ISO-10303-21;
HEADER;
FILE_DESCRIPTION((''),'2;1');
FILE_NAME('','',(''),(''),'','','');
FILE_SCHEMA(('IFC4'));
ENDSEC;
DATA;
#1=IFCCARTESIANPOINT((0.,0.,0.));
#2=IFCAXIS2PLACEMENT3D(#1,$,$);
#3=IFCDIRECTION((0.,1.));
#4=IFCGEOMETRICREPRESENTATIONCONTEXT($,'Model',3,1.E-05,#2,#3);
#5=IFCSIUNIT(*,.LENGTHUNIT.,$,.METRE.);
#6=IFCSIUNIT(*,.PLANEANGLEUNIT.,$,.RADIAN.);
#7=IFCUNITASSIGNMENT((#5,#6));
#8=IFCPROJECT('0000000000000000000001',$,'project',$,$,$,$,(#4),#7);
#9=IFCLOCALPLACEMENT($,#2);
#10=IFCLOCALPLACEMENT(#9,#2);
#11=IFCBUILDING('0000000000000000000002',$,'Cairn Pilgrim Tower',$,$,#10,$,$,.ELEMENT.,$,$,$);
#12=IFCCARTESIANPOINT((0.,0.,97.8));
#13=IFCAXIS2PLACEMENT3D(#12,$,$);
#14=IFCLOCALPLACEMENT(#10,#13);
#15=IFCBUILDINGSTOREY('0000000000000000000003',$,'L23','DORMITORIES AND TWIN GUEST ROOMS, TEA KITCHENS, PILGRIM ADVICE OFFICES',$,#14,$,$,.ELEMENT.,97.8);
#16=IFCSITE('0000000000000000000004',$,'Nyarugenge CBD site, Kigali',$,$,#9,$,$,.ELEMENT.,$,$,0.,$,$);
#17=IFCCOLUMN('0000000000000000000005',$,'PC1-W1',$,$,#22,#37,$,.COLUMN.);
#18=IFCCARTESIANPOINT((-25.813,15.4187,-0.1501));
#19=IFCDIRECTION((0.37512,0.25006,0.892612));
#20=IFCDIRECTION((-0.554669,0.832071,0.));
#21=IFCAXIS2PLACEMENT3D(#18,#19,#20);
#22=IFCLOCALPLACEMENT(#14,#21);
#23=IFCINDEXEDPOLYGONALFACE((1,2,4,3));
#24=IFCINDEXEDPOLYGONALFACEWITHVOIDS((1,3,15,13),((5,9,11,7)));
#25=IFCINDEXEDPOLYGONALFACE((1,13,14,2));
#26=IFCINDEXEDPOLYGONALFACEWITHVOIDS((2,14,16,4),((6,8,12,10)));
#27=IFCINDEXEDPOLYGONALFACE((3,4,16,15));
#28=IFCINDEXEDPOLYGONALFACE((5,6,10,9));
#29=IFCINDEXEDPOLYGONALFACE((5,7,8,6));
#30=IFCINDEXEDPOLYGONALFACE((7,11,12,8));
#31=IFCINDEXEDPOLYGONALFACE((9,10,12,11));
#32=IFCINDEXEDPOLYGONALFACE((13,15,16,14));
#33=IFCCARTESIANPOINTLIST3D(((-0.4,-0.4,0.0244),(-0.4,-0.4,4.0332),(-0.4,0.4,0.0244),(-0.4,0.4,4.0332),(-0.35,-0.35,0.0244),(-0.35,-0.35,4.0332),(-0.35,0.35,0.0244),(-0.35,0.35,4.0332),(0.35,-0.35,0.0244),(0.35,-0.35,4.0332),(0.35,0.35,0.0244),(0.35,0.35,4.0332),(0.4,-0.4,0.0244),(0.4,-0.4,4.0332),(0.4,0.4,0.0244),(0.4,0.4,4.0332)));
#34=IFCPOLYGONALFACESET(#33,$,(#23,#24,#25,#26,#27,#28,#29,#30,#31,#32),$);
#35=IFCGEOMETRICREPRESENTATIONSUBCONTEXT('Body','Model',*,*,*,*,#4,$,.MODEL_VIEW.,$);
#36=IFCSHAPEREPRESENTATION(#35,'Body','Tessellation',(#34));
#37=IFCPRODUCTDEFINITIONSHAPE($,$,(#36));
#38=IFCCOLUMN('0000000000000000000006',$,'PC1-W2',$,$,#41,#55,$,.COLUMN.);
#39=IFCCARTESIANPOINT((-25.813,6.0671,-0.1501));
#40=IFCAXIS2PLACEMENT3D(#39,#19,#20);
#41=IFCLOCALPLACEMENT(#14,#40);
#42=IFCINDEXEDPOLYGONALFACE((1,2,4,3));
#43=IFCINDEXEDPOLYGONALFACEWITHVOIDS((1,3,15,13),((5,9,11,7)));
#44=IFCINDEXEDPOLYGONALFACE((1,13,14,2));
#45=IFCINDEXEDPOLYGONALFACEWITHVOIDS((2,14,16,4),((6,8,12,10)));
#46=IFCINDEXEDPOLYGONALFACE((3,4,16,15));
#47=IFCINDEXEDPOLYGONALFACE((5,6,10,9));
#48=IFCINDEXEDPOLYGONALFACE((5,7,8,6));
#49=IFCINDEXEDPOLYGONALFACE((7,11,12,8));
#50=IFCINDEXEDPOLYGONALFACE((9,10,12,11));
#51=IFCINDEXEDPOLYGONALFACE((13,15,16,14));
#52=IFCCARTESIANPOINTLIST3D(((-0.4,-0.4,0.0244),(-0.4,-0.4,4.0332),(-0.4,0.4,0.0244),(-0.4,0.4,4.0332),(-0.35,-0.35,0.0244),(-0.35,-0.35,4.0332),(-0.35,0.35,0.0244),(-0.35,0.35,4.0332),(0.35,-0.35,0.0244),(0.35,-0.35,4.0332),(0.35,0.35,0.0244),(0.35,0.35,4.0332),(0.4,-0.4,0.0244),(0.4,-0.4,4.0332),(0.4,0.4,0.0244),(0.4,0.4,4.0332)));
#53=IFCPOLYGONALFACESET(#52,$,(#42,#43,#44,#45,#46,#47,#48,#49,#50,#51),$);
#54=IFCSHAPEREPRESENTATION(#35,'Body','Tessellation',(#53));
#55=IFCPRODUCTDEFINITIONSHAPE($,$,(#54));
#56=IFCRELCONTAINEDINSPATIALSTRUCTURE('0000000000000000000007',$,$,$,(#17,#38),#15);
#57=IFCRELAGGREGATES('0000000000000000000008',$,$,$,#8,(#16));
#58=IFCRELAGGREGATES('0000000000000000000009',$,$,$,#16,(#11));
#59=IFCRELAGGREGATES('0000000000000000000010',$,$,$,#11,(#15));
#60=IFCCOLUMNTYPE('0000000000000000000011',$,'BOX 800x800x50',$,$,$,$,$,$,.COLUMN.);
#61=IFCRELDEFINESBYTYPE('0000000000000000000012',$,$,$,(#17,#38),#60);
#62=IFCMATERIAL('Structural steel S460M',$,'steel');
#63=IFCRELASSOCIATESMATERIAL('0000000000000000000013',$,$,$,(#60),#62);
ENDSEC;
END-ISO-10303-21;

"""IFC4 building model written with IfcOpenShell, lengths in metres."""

from ifc_helpers import new_model, si_unit, direction, frame, origin, origin_2d, place, context, subcontext, project, spatial, hollow_rectangle, extrude, clip, halfspace, material, material_profile, profile_set, type_object, element, save


model = new_model("IFC4")

# Units and contexts
model_context = context("Model", 3, precision=1e-05, world=origin(), true_north=direction((0.0, 1.0)))
body_context = subcontext(model_context, "Body", "Model", "MODEL_VIEW")
ifc_project = project(units=[si_unit("LENGTHUNIT", "METRE"), si_unit("PLANEANGLEUNIT", "RADIAN")], contexts=[model_context])

# Site, building, storey
site_placement = place(None, origin())
site = spatial("IfcSite", under=ifc_project, at=site_placement, Name="Nyarugenge CBD site, Kigali", CompositionType="ELEMENT", RefElevation=0.0)
building_placement = place(site_placement, origin())
building = spatial("IfcBuilding", under=site, at=building_placement, Name="Cairn Pilgrim Tower", CompositionType="ELEMENT")
storey_placement = place(building_placement, frame((0.0, 0.0, 97.8)))
storey = spatial("IfcBuildingStorey", under=building, at=storey_placement, Name="L23", Description="DORMITORIES AND TWIN GUEST ROOMS, TEA KITCHENS, PILGRIM ADVICE OFFICES", CompositionType="ELEMENT", Elevation=97.8)

# Columns
ifc_material_1 = material(Name="Structural steel S460M", Category="steel")
ifc_material_profile_1 = material_profile(ifc_material_1, hollow_rectangle(XDim=0.8, YDim=0.8, WallThickness=0.05, at=origin_2d()), Name="BOX 800x800x50")
ifc_profile_set_1 = profile_set([ifc_material_profile_1], Name="Structural steel S460M")
column_type = type_object("IfcColumnType", Name="BOX 800x800x50", PredefinedType="COLUMN", material=ifc_profile_set_1)
for number, where, z_axis, x_axis, name in (
    (1, (-25.813, 15.4187, -0.1501), (0.37512, 0.25006, 0.892612), (-0.554669, 0.832071, 0.0), "PC1-W1"),
    (2, (-25.813, 6.0671, -0.1501), (0.37512, 0.25006, 0.892612), (-0.554669, 0.832071, 0.0), "PC1-W2"),
):
    element("IfcColumn", number, at=place(storey_placement, frame(where, z_axis=z_axis, x_axis=x_axis)), inside=storey, type_object=column_type, Name=name, PredefinedType="COLUMN", context=body_context, shape_type="Clipping", body=[
        clip(extrude(hollow_rectangle(XDim=0.8, YDim=0.8, WallThickness=0.05, at=origin_2d()), origin(), (0.0, 0.0, 1.0), 4.0332), halfspace(frame((0.0, 0.0, 0.0244), z_axis=(0.0, 0.0, 1.0), x_axis=(1.0, 0.0, 0.0)), True)),
    ])

save(model, "model.ifc")
